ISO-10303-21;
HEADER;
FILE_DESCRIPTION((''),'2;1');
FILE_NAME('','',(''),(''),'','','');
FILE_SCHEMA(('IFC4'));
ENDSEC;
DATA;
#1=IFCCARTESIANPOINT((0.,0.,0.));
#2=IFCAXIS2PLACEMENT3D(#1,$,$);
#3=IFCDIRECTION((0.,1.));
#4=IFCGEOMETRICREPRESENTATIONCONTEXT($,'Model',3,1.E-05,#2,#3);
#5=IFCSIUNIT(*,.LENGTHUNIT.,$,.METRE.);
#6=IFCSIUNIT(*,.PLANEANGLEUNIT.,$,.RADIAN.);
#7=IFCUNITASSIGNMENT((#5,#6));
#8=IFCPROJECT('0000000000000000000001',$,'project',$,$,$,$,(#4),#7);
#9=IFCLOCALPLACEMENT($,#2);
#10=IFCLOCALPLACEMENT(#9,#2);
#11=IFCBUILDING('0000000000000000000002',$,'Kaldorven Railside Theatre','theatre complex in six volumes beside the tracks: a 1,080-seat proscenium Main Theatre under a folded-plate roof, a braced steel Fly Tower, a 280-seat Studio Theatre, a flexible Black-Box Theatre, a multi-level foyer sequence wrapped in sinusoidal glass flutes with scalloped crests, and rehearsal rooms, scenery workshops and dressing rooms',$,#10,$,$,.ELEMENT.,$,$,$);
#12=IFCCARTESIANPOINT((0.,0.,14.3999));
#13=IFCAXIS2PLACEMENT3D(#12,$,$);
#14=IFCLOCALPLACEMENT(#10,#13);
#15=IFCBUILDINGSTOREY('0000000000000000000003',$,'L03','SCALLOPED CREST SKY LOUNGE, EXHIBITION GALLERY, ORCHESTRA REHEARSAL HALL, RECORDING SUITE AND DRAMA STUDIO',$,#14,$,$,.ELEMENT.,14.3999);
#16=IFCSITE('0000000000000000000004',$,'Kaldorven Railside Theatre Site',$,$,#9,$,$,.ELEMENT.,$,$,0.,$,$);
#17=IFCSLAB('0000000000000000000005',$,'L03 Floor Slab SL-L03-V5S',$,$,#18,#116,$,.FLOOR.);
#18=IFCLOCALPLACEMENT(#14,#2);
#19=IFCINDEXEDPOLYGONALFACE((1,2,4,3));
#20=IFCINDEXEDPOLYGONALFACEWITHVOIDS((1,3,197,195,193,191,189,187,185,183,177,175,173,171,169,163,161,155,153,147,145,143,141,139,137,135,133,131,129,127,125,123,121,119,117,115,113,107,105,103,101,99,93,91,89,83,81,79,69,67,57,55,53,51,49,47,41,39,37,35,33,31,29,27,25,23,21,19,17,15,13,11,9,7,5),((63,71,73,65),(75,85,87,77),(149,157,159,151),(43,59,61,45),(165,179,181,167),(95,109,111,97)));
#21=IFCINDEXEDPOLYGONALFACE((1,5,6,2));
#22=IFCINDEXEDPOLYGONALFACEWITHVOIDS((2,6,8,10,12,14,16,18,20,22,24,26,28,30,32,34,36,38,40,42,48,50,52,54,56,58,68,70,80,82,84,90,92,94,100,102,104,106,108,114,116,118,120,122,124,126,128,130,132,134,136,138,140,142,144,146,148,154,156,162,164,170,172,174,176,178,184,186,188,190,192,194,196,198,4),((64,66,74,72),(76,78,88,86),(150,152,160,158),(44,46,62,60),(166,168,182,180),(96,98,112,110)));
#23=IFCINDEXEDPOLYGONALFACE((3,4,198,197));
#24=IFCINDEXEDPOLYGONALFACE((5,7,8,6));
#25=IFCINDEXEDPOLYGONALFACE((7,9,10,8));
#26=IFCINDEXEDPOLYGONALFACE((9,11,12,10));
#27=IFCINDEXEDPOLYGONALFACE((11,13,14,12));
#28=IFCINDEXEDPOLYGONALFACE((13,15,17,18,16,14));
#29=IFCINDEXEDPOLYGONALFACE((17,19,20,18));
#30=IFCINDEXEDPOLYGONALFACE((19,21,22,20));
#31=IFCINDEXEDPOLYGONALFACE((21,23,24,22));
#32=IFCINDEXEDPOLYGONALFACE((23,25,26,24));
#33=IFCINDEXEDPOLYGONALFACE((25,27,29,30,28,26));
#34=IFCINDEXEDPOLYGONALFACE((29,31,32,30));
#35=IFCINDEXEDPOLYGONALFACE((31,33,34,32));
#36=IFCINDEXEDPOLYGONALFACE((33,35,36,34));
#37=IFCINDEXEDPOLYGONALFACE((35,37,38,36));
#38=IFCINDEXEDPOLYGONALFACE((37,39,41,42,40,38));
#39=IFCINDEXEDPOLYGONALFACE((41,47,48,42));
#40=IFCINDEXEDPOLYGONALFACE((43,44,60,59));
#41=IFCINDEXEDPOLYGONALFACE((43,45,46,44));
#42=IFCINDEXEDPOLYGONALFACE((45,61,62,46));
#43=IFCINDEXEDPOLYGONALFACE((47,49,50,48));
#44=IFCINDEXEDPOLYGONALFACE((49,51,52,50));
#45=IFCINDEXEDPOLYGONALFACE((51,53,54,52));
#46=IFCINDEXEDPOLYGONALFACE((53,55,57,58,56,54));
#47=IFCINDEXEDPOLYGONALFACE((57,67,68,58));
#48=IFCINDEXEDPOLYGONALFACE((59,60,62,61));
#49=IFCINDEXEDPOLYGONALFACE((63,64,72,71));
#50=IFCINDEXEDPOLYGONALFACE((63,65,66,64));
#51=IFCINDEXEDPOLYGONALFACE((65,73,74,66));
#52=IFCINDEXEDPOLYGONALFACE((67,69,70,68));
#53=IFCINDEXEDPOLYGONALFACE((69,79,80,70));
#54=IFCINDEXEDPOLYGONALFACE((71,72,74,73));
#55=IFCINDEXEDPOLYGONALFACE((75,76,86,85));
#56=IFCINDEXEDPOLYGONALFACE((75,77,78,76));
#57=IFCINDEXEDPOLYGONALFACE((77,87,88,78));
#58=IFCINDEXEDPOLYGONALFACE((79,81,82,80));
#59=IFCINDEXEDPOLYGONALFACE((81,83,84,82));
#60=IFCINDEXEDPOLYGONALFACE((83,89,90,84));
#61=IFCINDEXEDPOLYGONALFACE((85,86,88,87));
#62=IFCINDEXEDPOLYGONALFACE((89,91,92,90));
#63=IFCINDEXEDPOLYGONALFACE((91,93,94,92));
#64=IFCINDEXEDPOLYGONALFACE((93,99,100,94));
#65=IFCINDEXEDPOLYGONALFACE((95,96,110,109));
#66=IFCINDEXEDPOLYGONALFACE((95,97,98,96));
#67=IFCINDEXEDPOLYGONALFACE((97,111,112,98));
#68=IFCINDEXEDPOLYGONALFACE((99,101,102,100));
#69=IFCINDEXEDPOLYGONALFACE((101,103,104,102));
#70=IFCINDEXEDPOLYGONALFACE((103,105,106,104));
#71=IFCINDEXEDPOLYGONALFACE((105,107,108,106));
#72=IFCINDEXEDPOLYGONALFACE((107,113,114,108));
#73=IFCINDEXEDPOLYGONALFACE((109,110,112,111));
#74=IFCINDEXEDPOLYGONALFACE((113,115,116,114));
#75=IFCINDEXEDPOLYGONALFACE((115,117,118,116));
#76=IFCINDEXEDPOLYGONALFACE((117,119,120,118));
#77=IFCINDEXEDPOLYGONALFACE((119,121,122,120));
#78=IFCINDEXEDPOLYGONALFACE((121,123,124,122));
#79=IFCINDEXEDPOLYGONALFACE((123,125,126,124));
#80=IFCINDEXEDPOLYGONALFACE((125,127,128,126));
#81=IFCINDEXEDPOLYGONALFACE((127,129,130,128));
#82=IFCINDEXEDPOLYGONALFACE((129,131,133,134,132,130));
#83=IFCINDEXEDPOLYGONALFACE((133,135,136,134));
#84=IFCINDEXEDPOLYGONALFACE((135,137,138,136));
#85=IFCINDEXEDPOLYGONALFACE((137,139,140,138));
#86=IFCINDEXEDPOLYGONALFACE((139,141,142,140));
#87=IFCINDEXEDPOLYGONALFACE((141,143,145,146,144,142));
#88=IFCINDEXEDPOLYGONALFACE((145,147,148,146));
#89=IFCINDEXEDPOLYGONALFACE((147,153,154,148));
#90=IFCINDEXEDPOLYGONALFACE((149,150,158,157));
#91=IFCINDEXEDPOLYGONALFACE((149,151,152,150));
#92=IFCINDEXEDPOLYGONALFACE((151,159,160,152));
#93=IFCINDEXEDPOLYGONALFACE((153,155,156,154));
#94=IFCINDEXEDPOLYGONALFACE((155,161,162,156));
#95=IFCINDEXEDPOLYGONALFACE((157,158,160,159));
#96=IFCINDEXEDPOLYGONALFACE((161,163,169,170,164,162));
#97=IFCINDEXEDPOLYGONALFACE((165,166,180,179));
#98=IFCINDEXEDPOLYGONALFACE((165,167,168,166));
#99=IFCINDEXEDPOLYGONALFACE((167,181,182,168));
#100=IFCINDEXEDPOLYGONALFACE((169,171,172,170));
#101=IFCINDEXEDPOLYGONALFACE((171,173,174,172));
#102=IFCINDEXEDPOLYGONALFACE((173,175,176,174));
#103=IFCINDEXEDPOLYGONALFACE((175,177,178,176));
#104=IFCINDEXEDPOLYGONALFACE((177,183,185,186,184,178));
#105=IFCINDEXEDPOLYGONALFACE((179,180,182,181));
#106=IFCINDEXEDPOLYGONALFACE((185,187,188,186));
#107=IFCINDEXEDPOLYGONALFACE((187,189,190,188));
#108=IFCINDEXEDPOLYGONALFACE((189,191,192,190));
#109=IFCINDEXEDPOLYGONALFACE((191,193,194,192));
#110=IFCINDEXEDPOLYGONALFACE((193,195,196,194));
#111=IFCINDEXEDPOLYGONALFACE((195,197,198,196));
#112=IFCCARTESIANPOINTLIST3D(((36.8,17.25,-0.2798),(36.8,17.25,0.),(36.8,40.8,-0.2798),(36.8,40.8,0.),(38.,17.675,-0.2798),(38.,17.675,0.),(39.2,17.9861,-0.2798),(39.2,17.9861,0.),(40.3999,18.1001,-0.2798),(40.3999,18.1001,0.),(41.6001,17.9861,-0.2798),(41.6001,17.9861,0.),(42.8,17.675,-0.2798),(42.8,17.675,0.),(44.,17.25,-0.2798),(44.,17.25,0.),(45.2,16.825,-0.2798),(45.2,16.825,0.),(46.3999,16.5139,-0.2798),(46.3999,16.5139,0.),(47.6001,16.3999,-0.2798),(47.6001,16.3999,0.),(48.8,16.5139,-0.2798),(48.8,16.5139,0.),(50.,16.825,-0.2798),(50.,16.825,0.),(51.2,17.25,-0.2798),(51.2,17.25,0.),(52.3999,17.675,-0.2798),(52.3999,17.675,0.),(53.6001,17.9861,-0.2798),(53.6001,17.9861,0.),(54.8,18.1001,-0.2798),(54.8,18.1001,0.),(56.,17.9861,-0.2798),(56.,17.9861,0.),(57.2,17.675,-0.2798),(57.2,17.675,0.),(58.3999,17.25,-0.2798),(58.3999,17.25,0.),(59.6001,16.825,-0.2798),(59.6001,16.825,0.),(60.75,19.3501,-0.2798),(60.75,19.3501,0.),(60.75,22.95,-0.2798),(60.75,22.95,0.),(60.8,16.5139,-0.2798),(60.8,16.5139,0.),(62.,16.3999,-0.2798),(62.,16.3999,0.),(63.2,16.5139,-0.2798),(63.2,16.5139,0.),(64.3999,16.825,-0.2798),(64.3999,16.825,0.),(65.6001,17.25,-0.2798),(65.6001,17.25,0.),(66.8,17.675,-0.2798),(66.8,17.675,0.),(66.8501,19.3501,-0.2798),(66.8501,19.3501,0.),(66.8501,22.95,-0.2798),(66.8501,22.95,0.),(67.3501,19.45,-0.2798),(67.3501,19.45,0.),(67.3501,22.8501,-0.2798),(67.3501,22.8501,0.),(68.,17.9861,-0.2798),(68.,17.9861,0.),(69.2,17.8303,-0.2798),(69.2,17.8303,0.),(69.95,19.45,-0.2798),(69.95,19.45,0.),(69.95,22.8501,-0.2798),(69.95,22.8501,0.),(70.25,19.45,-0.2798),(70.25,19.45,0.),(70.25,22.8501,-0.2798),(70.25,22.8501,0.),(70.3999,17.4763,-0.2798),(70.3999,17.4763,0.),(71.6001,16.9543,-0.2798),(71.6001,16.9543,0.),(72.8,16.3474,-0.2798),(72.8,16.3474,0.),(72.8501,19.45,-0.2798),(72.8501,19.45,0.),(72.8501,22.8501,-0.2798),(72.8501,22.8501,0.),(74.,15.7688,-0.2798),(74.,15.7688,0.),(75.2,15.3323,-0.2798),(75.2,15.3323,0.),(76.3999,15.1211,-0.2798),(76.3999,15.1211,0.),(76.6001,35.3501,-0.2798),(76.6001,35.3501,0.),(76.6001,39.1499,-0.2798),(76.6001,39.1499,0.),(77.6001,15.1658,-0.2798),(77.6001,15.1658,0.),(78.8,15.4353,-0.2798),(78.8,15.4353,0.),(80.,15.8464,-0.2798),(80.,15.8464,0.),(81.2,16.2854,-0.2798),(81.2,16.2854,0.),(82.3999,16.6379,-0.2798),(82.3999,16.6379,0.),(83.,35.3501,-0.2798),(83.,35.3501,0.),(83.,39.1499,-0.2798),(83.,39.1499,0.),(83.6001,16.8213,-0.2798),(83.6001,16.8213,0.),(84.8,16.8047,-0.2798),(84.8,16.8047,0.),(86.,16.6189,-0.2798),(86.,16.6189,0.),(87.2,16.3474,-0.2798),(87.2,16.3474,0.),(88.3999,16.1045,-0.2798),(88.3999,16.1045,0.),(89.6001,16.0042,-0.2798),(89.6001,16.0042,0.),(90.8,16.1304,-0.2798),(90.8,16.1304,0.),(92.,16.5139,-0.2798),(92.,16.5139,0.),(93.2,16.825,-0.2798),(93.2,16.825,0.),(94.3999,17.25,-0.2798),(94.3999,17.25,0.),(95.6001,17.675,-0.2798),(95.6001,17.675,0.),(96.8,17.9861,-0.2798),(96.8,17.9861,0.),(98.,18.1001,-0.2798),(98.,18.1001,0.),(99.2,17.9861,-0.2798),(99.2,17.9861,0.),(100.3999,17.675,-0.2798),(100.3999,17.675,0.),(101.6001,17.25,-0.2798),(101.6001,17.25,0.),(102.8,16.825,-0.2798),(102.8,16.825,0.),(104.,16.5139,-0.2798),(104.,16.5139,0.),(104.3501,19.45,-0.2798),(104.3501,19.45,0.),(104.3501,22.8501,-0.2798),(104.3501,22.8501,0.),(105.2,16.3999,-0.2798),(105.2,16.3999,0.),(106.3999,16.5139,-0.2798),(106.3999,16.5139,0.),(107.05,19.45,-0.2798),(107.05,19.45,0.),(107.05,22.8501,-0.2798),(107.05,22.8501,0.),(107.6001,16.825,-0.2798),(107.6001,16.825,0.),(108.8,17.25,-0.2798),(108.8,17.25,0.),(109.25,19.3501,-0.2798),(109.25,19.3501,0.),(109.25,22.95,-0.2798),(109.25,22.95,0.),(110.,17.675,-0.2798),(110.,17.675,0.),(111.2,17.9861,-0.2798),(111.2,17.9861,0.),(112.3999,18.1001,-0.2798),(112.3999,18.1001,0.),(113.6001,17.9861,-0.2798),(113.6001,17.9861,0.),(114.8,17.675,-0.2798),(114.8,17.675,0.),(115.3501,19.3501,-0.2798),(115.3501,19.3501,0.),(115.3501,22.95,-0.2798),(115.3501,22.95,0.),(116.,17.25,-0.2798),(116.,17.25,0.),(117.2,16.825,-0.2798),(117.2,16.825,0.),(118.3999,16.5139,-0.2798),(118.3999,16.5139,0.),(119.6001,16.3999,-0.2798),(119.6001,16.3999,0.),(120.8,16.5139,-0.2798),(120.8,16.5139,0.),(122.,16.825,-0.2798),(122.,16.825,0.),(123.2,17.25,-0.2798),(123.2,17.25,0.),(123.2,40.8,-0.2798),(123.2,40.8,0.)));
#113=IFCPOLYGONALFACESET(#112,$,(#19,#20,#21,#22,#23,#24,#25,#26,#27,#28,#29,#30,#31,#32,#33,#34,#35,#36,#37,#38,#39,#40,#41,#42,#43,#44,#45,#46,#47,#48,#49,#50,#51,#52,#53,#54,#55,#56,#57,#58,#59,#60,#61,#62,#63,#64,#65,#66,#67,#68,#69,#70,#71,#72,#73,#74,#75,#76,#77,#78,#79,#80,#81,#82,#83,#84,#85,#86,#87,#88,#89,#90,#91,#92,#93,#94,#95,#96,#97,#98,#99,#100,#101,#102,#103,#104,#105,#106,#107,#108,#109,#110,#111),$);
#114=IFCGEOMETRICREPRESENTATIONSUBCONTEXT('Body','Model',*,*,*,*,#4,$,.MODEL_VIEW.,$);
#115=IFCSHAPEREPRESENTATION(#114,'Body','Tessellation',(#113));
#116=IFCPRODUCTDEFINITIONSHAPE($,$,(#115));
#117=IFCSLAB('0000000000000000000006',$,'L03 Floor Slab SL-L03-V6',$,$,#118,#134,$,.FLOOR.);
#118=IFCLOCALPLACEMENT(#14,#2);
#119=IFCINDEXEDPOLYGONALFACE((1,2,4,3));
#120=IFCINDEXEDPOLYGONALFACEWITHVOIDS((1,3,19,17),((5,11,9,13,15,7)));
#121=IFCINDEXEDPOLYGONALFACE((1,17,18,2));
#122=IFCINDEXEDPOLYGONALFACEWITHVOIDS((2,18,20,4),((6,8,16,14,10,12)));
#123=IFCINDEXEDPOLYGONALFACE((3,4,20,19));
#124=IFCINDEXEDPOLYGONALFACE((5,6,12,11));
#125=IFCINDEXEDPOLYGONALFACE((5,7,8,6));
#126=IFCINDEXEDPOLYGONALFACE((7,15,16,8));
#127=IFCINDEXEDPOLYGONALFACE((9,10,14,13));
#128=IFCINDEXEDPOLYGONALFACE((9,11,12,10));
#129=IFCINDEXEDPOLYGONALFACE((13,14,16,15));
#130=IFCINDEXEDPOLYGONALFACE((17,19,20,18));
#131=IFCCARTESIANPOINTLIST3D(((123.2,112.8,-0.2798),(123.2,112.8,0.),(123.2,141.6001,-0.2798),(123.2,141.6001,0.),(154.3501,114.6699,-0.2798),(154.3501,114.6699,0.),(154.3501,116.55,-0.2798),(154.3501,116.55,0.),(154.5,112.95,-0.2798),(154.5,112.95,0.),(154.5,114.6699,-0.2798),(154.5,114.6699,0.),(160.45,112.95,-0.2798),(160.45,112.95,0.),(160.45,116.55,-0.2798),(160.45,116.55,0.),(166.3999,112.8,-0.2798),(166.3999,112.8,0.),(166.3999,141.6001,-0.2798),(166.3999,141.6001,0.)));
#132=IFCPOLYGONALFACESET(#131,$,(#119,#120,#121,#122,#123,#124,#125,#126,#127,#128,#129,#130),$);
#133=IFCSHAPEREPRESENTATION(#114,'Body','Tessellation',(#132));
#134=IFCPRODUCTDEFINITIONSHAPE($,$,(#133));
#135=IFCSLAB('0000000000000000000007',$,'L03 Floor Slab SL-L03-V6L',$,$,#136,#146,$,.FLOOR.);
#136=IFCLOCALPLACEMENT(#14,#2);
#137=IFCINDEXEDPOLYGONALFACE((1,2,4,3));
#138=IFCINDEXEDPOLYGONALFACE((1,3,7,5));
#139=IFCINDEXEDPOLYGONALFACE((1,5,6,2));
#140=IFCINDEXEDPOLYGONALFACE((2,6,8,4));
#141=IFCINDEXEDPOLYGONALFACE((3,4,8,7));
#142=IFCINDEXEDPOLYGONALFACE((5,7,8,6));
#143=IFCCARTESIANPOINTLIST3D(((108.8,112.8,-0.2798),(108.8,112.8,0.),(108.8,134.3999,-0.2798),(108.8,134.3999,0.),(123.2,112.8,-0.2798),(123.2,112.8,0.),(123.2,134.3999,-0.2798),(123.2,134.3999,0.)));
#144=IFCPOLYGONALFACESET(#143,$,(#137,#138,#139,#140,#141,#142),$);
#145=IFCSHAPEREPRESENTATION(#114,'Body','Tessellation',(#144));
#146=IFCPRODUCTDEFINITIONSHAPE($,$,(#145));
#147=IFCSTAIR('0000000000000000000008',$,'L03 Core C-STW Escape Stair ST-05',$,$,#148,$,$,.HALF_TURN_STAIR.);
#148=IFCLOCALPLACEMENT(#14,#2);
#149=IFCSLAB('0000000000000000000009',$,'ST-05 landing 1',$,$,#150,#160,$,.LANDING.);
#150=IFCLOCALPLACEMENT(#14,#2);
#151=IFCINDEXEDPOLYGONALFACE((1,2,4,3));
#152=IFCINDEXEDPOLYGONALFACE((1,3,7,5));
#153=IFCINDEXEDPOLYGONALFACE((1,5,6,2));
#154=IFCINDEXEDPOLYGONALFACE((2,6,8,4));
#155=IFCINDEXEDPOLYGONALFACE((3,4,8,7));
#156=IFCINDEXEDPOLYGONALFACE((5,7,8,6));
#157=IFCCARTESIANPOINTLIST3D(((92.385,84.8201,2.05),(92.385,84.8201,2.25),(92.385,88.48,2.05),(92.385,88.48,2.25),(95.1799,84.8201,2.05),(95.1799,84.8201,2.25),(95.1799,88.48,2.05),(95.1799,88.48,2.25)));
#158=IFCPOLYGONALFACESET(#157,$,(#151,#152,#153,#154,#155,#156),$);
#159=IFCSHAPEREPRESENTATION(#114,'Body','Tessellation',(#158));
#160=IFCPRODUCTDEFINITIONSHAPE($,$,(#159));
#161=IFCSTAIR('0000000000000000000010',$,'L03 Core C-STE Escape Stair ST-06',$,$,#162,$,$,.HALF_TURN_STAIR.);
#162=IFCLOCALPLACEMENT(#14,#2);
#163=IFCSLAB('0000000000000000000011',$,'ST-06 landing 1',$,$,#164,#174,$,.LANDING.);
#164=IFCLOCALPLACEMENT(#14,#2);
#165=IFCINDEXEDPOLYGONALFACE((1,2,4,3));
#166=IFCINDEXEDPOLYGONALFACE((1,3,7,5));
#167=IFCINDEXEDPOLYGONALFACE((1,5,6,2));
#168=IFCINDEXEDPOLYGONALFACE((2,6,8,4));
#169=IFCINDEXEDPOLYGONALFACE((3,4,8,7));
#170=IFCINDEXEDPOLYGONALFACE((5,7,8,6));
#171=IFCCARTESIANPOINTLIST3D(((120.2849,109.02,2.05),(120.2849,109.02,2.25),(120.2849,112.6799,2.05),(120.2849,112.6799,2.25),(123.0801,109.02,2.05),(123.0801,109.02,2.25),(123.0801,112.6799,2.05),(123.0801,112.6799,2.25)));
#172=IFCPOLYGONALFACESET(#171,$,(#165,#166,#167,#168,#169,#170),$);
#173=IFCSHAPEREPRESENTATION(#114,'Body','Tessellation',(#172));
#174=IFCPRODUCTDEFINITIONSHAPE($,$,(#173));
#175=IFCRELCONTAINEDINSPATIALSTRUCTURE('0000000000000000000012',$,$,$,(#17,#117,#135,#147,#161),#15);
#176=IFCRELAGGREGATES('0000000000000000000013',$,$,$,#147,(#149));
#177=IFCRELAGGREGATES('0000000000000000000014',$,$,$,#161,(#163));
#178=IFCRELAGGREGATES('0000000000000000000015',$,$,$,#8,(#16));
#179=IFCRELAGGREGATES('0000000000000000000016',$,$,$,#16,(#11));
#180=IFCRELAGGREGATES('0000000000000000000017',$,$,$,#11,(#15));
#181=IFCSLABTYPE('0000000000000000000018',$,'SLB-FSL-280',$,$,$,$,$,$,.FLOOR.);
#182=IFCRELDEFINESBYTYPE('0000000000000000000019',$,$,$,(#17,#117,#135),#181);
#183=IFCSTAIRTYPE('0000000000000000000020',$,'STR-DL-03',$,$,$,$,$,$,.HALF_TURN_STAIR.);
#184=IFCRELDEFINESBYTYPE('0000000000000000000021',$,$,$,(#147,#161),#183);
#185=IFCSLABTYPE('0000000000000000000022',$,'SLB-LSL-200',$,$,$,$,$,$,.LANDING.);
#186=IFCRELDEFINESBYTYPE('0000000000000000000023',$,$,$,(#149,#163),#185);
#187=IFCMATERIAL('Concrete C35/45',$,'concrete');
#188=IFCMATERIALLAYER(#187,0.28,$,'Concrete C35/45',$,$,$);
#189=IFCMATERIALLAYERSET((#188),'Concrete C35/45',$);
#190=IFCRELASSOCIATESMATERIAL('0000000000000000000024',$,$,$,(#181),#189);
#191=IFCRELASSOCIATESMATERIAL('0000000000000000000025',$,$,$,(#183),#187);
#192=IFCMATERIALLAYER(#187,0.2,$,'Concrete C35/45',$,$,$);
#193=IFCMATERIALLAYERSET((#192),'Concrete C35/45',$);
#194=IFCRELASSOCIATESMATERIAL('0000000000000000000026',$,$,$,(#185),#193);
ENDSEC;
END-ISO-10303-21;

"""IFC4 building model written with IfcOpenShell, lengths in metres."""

from ifc_helpers import new_model, si_unit, direction, frame, origin, place, context, subcontext, project, spatial, polyline, outline, extrude, material, layer, layer_set, type_object, element, aggregate, save


model = new_model("IFC4")

# Units and contexts
model_context = context("Model", 3, precision=1e-05, world=origin(), true_north=direction((0.0, 1.0)))
body_context = subcontext(model_context, "Body", "Model", "MODEL_VIEW")
ifc_project = project(units=[si_unit("LENGTHUNIT", "METRE"), si_unit("PLANEANGLEUNIT", "RADIAN")], contexts=[model_context])

# Site, building, storey
site_placement = place(None, origin())
site = spatial("IfcSite", under=ifc_project, at=site_placement, Name="Kaldorven Railside Theatre Site", CompositionType="ELEMENT", RefElevation=0.0)
building_placement = place(site_placement, origin())
building = spatial("IfcBuilding", under=site, at=building_placement, Name="Kaldorven Railside Theatre", Description="theatre complex in six volumes beside the tracks: a 1,080-seat proscenium Main Theatre under a folded-plate roof, a braced steel Fly Tower, a 280-seat Studio Theatre, a flexible Black-Box Theatre, a multi-level foyer sequence wrapped in sinusoidal glass flutes with scalloped crests, and rehearsal rooms, scenery workshops and dressing rooms", CompositionType="ELEMENT")
storey_placement = place(building_placement, frame((0.0, 0.0, 14.3999)))
storey = spatial("IfcBuildingStorey", under=building, at=storey_placement, Name="L03", Description="SCALLOPED CREST SKY LOUNGE, EXHIBITION GALLERY, ORCHESTRA REHEARSAL HALL, RECORDING SUITE AND DRAMA STUDIO", CompositionType="ELEMENT", Elevation=14.3999)

# Slabs
ifc_material_1 = material(Name="Concrete C35/45", Category="concrete")
ifc_layer_1 = layer(ifc_material_1, 0.28, Name="Concrete C35/45")
ifc_layer_set_1 = layer_set([ifc_layer_1], Name="Concrete C35/45")
slab_type_1 = type_object("IfcSlabType", Name="SLB-FSL-280", PredefinedType="FLOOR", material=ifc_layer_set_1)
slab_1_placement = place(storey_placement, frame((0.0, 0.0, -0.2798)))
element("IfcSlab", 1, at=slab_1_placement, inside=storey, type_object=slab_type_1, Name="L03 Floor Slab SL-L03-V5S", PredefinedType="FLOOR", context=body_context, shape_type="SweptSolid", body=[
    extrude(outline(polyline([(36.8, 17.25), (38.0, 17.675), (39.2, 17.9861), (40.3999, 18.1001), (41.6001, 17.9861), (42.8, 17.675), (44.0, 17.25), (45.2, 16.825), (46.3999, 16.5139), (47.6001, 16.3999), (48.8, 16.5139), (50.0, 16.825), (51.2, 17.25), (52.3999, 17.675), (53.6001, 17.9861), (54.8, 18.1001), (56.0, 17.9861), (57.2, 17.675), (58.3999, 17.25), (59.6001, 16.825), (60.8, 16.5139), (62.0, 16.3999), (63.2, 16.5139), (64.3999, 16.825), (65.6001, 17.25), (66.8, 17.675), (68.0, 17.9861), (69.2, 17.8303), (70.3999, 17.4763), (71.6001, 16.9543), (72.8, 16.3474), (74.0, 15.7688), (75.2, 15.3323), (76.3999, 15.1211), (77.6001, 15.1658), (78.8, 15.4353), (80.0, 15.8464), (81.2, 16.2854), (82.3999, 16.6379), (83.6001, 16.8213), (84.8, 16.8047), (86.0, 16.6189), (87.2, 16.3474), (88.3999, 16.1045), (89.6001, 16.0042), (90.8, 16.1304), (92.0, 16.5139), (93.2, 16.825), (94.3999, 17.25), (95.6001, 17.675), (96.8, 17.9861), (98.0, 18.1001), (99.2, 17.9861), (100.3999, 17.675), (101.6001, 17.25), (102.8, 16.825), (104.0, 16.5139), (105.2, 16.3999), (106.3999, 16.5139), (107.6001, 16.825), (108.8, 17.25), (110.0, 17.675), (111.2, 17.9861), (112.3999, 18.1001), (113.6001, 17.9861), (114.8, 17.675), (116.0, 17.25), (117.2, 16.825), (118.3999, 16.5139), (119.6001, 16.3999), (120.8, 16.5139), (122.0, 16.825), (123.2, 17.25), (123.2, 40.8), (36.8, 40.8), (36.8, 17.25)]), holes=[polyline([(60.75, 19.3501), (66.8501, 19.3501), (66.8501, 22.95), (60.75, 22.95), (60.75, 19.3501)]), polyline([(109.25, 19.3501), (115.3501, 19.3501), (115.3501, 22.95), (109.25, 22.95), (109.25, 19.3501)]), polyline([(76.6001, 35.3501), (83.0, 35.3501), (83.0, 39.1499), (76.6001, 39.1499), (76.6001, 35.3501)]), polyline([(69.95, 19.45), (69.95, 22.8501), (67.3501, 22.8501), (67.3501, 19.45), (69.95, 19.45)]), polyline([(72.8501, 19.45), (72.8501, 22.8501), (70.25, 22.8501), (70.25, 19.45), (72.8501, 19.45)]), polyline([(107.05, 19.45), (107.05, 22.8501), (104.3501, 22.8501), (104.3501, 19.45), (107.05, 19.45)])]), origin(), (0.0, 0.0, 1.0), 0.2798),
])
slab_2_placement = place(storey_placement, frame((0.0, 0.0, -0.2798)))
element("IfcSlab", 2, at=slab_2_placement, inside=storey, type_object=slab_type_1, Name="L03 Floor Slab SL-L03-V6", PredefinedType="FLOOR", context=body_context, shape_type="SweptSolid", body=[
    extrude(outline(polyline([(123.2, 112.8), (166.3999, 112.8), (166.3999, 141.6001), (123.2, 141.6001), (123.2, 112.8)]), holes=[polyline([(154.3501, 116.55), (160.45, 116.55), (160.45, 112.95), (154.5, 112.95), (154.5, 114.6699), (154.3501, 114.6699), (154.3501, 116.55)])]), origin(), (0.0, 0.0, 1.0), 0.2798),
])
slab_3_placement = place(storey_placement, frame((0.0, 0.0, -0.2798)))
element("IfcSlab", 3, at=slab_3_placement, inside=storey, type_object=slab_type_1, Name="L03 Floor Slab SL-L03-V6L", PredefinedType="FLOOR", context=body_context, shape_type="SweptSolid", body=[
    extrude(outline(polyline([(108.8, 112.8), (123.2, 112.8), (123.2, 134.3999), (108.8, 134.3999), (108.8, 112.8)])), origin(), (0.0, 0.0, 1.0), 0.2798),
])

# Stairs, slabs
stair_type = type_object("IfcStairType", Name="STR-DL-03", PredefinedType="HALF_TURN_STAIR", material=ifc_material_1)
stair_1_placement = place(storey_placement, origin())
stair_1 = element("IfcStair", 4, at=stair_1_placement, inside=storey, type_object=stair_type, Name="L03 Core C-STW Escape Stair ST-05", PredefinedType="HALF_TURN_STAIR")
ifc_layer_2 = layer(ifc_material_1, 0.2, Name="Concrete C35/45")
ifc_layer_set_2 = layer_set([ifc_layer_2], Name="Concrete C35/45")
slab_type_2 = type_object("IfcSlabType", Name="SLB-LSL-200", PredefinedType="LANDING", material=ifc_layer_set_2)
slab_4_placement = place(storey_placement, frame((0.0, 0.0, 2.05)))
slab_4 = element("IfcSlab", 5, at=slab_4_placement, type_object=slab_type_2, Name="ST-05 landing 1", PredefinedType="LANDING", context=body_context, shape_type="SweptSolid", body=[
    extrude(outline(polyline([(92.385, 84.8201), (95.1799, 84.8201), (95.1799, 88.48), (92.385, 88.48), (92.385, 84.8201)])), origin(), (0.0, 0.0, 1.0), 0.2),
])
aggregate(stair_1, [slab_4])
stair_2_placement = place(storey_placement, origin())
stair_2 = element("IfcStair", 6, at=stair_2_placement, inside=storey, type_object=stair_type, Name="L03 Core C-STE Escape Stair ST-06", PredefinedType="HALF_TURN_STAIR")
slab_5_placement = place(storey_placement, frame((0.0, 0.0, 2.05)))
slab_5 = element("IfcSlab", 7, at=slab_5_placement, type_object=slab_type_2, Name="ST-06 landing 1", PredefinedType="LANDING", context=body_context, shape_type="SweptSolid", body=[
    extrude(outline(polyline([(120.2849, 109.02), (123.0801, 109.02), (123.0801, 112.6799), (120.2849, 112.6799), (120.2849, 109.02)])), origin(), (0.0, 0.0, 1.0), 0.2),
])
aggregate(stair_2, [slab_5])

save(model, "model.ifc")
